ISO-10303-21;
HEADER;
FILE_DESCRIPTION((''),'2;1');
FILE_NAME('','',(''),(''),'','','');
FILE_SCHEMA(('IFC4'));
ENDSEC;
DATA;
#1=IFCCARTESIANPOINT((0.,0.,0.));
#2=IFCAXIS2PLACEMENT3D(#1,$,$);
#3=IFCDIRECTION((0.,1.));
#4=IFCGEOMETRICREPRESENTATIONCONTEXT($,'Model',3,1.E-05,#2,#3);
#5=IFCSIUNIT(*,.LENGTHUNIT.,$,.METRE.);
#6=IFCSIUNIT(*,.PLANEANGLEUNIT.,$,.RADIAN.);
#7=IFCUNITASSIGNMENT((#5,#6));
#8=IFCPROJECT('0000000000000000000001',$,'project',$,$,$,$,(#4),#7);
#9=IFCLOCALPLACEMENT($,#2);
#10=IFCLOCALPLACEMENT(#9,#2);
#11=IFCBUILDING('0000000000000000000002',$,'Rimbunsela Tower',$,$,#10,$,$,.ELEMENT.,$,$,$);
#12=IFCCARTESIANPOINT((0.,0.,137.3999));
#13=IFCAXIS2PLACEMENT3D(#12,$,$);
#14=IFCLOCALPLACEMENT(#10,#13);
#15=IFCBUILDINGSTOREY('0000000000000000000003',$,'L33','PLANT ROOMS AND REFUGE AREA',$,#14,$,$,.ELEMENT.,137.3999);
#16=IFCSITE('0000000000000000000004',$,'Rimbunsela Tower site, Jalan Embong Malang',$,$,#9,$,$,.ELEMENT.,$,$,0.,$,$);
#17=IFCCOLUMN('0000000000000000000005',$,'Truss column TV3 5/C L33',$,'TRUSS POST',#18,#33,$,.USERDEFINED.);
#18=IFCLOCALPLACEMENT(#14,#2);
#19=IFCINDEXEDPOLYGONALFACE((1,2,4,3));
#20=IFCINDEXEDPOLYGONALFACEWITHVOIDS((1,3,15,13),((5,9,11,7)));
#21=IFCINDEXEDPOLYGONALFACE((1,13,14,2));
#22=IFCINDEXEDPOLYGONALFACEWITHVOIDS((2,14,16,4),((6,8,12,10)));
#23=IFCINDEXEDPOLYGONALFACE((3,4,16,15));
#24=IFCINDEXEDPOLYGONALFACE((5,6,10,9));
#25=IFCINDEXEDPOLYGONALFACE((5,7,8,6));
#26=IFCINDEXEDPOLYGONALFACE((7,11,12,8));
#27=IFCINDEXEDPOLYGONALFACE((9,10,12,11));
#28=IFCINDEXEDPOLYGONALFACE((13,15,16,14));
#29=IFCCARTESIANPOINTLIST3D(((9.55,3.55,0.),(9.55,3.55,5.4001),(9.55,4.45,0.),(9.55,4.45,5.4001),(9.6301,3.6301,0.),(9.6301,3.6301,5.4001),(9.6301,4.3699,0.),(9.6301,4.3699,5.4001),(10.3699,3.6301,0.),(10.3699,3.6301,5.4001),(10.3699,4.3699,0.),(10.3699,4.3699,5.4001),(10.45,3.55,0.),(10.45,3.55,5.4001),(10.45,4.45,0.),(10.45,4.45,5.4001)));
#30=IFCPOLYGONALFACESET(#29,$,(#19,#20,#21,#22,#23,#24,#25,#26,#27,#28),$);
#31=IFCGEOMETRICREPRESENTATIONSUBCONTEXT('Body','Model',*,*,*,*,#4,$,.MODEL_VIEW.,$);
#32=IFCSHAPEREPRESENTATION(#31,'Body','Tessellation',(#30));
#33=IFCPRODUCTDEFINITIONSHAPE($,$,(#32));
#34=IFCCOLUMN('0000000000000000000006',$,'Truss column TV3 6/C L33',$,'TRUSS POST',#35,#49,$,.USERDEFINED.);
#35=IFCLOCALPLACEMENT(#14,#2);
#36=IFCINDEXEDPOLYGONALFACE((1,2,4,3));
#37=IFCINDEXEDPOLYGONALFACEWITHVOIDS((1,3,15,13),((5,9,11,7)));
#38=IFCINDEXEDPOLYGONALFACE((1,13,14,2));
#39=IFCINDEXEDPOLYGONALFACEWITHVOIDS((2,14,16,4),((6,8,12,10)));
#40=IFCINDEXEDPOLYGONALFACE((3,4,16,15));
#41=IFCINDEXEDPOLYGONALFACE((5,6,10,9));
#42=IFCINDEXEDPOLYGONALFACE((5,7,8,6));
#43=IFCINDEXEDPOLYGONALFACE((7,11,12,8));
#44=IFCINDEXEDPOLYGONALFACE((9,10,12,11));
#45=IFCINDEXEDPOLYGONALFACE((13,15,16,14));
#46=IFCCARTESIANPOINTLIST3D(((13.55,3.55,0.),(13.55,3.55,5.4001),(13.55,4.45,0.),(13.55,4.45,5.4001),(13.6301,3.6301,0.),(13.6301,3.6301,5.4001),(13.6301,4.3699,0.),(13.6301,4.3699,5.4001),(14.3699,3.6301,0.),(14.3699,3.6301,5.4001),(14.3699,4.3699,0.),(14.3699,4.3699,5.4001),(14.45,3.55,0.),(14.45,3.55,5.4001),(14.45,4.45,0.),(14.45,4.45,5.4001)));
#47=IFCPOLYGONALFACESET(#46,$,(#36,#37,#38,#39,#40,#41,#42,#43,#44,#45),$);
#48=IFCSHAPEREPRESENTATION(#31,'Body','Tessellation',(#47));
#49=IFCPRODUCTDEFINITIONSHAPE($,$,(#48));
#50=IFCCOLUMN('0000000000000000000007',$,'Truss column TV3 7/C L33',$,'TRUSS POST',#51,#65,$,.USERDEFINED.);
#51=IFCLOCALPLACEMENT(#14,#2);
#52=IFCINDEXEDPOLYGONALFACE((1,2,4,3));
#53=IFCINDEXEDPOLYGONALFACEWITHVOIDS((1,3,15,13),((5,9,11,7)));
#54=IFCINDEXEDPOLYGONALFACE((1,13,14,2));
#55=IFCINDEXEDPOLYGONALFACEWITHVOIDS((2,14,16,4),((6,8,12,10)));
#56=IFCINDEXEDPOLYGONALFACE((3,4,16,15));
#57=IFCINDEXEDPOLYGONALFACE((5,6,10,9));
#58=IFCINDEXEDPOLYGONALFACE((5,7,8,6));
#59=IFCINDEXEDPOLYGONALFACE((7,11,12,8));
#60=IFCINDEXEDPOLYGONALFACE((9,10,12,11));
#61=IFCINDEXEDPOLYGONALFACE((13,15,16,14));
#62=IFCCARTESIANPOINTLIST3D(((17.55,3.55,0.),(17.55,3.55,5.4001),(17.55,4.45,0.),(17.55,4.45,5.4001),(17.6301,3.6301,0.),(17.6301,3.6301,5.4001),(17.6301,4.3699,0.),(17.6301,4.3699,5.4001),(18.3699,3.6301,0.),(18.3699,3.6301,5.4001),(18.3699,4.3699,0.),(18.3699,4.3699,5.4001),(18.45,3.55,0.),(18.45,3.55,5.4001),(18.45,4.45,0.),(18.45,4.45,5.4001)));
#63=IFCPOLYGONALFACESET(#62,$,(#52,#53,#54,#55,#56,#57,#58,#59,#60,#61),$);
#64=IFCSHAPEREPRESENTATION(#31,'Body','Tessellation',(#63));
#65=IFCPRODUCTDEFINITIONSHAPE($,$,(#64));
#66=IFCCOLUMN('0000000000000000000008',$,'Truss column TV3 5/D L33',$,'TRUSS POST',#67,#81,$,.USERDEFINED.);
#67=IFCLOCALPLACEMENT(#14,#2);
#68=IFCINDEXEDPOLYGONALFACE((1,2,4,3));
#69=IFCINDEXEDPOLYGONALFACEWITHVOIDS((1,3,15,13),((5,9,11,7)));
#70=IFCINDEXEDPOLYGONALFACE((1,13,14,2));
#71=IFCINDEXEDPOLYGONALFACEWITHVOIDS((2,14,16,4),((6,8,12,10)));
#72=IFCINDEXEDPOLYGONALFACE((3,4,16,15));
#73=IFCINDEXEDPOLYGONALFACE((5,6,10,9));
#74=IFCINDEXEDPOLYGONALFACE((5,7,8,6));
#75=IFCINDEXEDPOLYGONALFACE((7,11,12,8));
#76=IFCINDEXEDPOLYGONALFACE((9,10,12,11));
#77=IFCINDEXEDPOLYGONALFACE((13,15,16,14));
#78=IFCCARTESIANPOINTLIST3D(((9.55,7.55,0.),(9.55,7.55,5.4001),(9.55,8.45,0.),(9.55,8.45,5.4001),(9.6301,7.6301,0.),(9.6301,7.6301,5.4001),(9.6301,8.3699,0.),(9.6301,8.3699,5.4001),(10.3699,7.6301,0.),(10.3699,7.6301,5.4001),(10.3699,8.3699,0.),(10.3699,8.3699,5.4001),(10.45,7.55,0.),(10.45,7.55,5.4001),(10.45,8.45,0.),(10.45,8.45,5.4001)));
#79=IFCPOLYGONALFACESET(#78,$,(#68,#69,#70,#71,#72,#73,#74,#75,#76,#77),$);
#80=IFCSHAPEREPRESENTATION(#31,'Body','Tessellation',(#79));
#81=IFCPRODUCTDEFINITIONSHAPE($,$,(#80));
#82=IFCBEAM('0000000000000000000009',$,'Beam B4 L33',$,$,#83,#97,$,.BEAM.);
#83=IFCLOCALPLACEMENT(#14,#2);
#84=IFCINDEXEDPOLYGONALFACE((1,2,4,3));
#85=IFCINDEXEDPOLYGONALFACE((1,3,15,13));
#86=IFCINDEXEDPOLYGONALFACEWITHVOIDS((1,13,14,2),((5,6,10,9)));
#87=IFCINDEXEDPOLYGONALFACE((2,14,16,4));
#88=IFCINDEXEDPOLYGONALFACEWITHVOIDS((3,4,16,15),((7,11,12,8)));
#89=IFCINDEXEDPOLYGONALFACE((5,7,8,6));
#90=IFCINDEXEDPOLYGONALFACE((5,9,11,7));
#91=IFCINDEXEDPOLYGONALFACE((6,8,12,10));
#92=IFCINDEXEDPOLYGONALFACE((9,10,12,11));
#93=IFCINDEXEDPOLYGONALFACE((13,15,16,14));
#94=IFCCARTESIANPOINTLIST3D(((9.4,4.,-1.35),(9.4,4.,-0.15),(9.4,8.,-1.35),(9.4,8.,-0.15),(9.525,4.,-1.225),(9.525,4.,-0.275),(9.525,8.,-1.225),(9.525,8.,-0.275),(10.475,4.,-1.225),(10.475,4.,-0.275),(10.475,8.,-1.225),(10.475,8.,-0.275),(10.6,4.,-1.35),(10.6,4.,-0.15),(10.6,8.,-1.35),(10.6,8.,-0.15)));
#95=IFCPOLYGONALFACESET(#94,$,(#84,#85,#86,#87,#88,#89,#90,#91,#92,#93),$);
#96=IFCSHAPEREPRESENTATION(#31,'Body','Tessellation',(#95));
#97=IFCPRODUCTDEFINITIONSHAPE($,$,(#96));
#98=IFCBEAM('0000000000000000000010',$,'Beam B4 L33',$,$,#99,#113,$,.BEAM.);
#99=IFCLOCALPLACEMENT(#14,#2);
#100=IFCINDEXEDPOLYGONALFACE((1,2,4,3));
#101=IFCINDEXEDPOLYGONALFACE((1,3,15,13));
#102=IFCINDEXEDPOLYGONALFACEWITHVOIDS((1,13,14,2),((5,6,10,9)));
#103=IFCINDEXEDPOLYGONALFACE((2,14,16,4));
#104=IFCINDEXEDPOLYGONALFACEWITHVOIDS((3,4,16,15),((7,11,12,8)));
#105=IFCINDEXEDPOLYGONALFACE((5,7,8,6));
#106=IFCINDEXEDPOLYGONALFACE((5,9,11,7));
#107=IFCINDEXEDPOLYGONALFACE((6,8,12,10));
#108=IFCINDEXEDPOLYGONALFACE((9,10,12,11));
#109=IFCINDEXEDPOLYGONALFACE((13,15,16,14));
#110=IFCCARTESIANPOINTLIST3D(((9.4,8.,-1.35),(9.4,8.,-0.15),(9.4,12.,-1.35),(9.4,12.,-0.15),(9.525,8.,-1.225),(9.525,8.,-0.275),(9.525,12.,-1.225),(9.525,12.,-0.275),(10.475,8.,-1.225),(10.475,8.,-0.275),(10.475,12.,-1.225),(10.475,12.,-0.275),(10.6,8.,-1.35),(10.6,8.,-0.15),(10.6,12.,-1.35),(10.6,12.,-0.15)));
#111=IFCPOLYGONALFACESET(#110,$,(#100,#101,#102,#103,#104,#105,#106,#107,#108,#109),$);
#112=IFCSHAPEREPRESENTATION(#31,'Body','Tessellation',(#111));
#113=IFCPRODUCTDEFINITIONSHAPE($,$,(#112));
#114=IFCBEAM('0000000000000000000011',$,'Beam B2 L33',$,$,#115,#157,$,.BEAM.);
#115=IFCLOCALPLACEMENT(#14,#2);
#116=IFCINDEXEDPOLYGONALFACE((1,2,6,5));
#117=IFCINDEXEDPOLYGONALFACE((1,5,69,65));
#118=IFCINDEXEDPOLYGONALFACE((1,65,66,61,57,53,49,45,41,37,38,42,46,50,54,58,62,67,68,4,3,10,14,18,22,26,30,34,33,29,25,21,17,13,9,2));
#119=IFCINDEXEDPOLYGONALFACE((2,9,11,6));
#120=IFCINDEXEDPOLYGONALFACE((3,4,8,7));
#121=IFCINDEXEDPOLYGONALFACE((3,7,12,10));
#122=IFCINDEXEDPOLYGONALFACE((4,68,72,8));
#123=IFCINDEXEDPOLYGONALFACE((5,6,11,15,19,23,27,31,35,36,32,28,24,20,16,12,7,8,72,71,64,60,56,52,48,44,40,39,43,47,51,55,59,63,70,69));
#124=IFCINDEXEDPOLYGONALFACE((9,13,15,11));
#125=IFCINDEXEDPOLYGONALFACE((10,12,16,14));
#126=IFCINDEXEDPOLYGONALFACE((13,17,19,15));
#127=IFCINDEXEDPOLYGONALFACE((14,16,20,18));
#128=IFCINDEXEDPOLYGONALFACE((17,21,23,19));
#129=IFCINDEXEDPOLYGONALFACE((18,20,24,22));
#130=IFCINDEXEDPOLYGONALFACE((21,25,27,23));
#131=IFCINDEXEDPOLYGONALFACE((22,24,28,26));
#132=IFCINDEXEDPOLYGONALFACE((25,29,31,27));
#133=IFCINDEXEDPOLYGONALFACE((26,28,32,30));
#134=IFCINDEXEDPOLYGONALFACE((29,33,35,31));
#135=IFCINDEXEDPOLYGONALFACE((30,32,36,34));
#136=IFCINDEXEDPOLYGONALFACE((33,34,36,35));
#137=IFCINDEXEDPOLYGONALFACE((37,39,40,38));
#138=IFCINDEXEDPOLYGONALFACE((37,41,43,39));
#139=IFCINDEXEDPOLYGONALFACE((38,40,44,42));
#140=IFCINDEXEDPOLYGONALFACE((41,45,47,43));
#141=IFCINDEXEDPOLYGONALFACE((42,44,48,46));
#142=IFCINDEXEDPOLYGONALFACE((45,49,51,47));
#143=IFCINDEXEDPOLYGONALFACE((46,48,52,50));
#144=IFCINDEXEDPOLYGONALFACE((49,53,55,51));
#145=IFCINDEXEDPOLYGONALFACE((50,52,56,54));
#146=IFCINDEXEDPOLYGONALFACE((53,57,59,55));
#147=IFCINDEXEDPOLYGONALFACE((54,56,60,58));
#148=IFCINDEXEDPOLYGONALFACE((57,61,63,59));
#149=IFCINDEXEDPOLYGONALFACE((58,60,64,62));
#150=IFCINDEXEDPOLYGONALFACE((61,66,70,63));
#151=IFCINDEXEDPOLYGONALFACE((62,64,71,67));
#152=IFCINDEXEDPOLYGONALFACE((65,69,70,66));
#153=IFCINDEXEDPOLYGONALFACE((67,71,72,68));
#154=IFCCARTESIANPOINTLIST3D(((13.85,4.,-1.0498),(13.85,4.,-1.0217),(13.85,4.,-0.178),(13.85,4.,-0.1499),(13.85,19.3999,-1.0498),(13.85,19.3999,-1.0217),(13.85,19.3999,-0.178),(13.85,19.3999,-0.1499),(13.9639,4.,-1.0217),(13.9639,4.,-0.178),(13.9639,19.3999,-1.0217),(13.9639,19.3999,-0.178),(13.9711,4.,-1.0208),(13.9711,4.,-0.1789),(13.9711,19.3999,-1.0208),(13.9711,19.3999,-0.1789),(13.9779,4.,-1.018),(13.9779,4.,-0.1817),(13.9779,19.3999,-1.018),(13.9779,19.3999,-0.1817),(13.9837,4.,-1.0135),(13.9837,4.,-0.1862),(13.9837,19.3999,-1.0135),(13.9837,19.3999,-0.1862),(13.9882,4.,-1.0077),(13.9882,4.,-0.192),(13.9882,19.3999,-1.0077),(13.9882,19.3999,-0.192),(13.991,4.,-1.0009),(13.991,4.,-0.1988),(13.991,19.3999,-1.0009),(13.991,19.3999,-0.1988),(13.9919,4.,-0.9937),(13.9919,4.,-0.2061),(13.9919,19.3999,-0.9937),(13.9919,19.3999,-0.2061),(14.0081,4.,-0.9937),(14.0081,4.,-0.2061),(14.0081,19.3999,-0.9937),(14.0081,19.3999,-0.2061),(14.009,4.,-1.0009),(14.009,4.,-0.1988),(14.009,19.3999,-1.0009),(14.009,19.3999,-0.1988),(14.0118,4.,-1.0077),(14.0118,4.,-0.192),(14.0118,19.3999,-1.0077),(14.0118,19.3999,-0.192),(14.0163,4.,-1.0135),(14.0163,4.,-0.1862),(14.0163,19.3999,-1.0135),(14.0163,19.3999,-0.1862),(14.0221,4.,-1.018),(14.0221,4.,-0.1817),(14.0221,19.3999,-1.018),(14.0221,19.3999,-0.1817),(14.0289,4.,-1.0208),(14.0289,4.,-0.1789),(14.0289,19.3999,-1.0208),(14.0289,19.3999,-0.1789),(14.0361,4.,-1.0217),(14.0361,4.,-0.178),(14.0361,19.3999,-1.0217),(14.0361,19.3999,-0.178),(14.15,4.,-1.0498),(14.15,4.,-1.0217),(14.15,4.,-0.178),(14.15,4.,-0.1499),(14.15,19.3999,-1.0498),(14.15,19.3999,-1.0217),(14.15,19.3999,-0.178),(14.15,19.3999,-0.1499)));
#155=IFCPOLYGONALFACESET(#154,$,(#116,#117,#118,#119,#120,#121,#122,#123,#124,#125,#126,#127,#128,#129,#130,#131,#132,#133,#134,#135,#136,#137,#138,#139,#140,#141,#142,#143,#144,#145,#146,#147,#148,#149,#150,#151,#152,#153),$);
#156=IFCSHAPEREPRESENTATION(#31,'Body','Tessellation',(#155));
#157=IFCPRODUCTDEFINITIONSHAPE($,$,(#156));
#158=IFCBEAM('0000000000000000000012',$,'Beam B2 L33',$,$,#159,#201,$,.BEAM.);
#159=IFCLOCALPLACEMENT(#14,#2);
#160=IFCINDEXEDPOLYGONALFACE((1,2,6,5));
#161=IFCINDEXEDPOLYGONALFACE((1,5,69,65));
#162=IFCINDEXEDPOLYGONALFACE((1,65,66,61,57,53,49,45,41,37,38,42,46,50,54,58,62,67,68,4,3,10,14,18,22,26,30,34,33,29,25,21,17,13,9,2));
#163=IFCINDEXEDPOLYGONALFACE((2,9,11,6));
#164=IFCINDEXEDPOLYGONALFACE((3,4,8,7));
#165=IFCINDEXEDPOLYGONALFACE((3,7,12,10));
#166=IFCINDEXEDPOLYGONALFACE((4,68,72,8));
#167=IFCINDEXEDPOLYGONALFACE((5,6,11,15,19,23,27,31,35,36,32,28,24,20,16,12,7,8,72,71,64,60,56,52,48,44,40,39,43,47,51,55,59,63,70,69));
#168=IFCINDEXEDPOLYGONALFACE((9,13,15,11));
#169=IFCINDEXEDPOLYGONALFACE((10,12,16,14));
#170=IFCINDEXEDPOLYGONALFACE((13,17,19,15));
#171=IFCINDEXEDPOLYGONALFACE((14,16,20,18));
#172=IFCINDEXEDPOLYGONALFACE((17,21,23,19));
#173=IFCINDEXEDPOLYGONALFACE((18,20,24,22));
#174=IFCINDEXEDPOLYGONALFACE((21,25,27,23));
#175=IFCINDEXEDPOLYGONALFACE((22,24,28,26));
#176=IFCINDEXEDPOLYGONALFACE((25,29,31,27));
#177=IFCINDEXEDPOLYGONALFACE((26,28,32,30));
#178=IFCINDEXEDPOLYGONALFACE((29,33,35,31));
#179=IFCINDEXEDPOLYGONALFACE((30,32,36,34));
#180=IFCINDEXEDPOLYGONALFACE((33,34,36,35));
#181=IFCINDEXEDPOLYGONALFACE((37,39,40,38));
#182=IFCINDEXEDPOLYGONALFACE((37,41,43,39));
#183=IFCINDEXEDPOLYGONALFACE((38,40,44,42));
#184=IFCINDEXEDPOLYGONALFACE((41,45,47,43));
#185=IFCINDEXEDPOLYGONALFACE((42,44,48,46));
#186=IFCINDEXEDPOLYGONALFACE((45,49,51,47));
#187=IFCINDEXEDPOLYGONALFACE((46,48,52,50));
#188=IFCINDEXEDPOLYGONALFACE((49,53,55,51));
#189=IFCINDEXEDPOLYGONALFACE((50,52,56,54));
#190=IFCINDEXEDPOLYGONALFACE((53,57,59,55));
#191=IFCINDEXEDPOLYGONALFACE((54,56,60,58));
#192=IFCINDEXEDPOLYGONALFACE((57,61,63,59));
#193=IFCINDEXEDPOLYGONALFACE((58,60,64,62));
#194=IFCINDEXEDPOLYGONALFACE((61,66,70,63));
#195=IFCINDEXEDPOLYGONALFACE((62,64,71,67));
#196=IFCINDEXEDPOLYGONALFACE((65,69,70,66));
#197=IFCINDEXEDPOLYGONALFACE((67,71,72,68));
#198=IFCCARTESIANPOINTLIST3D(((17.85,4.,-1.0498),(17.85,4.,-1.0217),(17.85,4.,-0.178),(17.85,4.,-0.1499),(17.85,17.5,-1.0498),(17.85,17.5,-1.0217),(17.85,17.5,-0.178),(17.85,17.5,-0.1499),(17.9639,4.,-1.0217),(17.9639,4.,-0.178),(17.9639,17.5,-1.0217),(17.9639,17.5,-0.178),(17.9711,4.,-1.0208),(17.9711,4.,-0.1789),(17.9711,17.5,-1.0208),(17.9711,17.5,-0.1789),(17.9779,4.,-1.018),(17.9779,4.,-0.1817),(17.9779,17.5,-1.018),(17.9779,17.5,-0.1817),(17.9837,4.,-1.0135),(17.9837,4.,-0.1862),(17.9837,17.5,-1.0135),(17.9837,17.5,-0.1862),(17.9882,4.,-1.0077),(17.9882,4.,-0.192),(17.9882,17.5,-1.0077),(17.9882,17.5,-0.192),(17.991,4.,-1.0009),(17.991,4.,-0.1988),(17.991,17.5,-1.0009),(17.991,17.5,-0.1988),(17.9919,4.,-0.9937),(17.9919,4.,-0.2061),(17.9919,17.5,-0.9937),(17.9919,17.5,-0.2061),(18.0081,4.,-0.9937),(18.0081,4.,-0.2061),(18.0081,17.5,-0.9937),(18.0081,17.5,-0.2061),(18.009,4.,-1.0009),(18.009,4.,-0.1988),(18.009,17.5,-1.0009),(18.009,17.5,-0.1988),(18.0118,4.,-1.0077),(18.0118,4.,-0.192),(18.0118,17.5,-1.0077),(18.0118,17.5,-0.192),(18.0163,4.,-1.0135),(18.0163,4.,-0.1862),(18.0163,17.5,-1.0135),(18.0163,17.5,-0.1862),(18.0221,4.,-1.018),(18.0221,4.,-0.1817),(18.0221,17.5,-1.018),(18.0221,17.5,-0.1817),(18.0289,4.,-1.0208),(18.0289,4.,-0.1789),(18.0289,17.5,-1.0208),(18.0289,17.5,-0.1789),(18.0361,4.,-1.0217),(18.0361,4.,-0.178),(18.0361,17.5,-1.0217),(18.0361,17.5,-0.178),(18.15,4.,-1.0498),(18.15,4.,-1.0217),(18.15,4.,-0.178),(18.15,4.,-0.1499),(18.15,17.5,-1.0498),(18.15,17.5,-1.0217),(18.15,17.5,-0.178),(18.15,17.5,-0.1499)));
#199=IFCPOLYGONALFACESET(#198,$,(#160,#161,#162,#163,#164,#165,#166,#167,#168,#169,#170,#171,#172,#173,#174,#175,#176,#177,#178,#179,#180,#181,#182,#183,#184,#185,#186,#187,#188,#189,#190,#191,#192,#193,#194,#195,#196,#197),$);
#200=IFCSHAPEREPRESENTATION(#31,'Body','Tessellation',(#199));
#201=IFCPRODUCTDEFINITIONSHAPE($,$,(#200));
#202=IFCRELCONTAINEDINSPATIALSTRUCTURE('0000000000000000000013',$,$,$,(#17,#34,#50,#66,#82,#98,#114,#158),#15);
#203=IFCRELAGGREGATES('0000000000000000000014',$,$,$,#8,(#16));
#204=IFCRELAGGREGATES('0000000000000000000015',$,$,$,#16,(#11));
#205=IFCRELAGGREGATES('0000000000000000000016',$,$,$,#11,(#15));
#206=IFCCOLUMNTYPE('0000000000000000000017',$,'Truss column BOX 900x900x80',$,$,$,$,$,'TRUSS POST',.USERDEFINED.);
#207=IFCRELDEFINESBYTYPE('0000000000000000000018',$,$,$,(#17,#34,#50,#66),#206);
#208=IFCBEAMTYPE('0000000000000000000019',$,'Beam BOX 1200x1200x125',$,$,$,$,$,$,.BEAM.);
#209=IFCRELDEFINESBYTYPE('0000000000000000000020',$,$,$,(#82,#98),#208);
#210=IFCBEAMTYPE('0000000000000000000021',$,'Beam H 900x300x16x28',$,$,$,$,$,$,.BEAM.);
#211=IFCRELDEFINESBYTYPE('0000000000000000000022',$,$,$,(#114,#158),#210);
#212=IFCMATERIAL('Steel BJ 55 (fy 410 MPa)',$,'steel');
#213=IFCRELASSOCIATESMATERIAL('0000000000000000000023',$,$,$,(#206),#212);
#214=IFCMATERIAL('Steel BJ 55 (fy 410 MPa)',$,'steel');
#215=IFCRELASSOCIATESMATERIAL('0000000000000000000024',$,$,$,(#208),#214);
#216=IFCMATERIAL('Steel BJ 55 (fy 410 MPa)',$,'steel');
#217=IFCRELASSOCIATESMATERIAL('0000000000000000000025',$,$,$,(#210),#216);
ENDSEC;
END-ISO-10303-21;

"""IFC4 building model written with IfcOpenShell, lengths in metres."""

from ifc_helpers import new_model, si_unit, direction, frame, origin, origin_2d, place, context, subcontext, project, spatial, hollow_rectangle, i_section, extrude, material, material_profile, profile_set, type_object, element, save


model = new_model("IFC4")

# Units and contexts
model_context = context("Model", 3, precision=1e-05, world=origin(), true_north=direction((0.0, 1.0)))
body_context = subcontext(model_context, "Body", "Model", "MODEL_VIEW")
ifc_project = project(units=[si_unit("LENGTHUNIT", "METRE"), si_unit("PLANEANGLEUNIT", "RADIAN")], contexts=[model_context])

# Site, building, storey
site_placement = place(None, origin())
site = spatial("IfcSite", under=ifc_project, at=site_placement, Name="Rimbunsela Tower site, Jalan Embong Malang", CompositionType="ELEMENT", RefElevation=0.0)
building_placement = place(site_placement, origin())
building = spatial("IfcBuilding", under=site, at=building_placement, Name="Rimbunsela Tower", CompositionType="ELEMENT")
storey_placement = place(building_placement, frame((0.0, 0.0, 137.3999)))
storey = spatial("IfcBuildingStorey", under=building, at=storey_placement, Name="L33", Description="PLANT ROOMS AND REFUGE AREA", CompositionType="ELEMENT", Elevation=137.3999)

# Columns
ifc_material_1 = material(Name="Steel BJ 55 (fy 410 MPa)", Category="steel")
ifc_material_profile_1 = material_profile(ifc_material_1, hollow_rectangle(XDim=0.8999, YDim=0.8999, WallThickness=0.0801, at=origin_2d()), Name="BOX 900x900x80")
ifc_profile_set_1 = profile_set([ifc_material_profile_1], Name="Steel BJ 55 (fy 410 MPa)")
column_type = type_object("IfcColumnType", Name="Truss column BOX 900x900x80", ElementType="TRUSS POST", PredefinedType="USERDEFINED", material=ifc_profile_set_1)
for number, where, z_axis, x_axis, name in (
    (1, (10.0, 4.0, 0.0), (0.0, 0.0, 1.0), (1.0, 0.0, 0.0), "Truss column TV3 5/C L33"),
    (2, (14.0, 4.0, 0.0), (0.0, 0.0, 1.0), (1.0, 0.0, 0.0), "Truss column TV3 6/C L33"),
    (3, (18.0, 4.0, 0.0), (0.0, 0.0, 1.0), (1.0, 0.0, 0.0), "Truss column TV3 7/C L33"),
    (4, (10.0, 8.0, 0.0), (0.0, 0.0, 1.0), (1.0, 0.0, 0.0), "Truss column TV3 5/D L33"),
):
    element("IfcColumn", number, at=place(storey_placement, frame(where, z_axis=z_axis, x_axis=x_axis)), inside=storey, type_object=column_type, Name=name, ObjectType="TRUSS POST", PredefinedType="USERDEFINED", context=body_context, shape_type="SweptSolid", body=[
        extrude(hollow_rectangle(XDim=0.8999, YDim=0.8999, WallThickness=0.0801, at=origin_2d()), origin(), (0.0, 0.0, 1.0), 5.4001),
    ])

# Beams
ifc_material_2 = material(Name="Steel BJ 55 (fy 410 MPa)", Category="steel")
ifc_material_profile_2 = material_profile(ifc_material_2, hollow_rectangle(XDim=1.2, YDim=1.2, WallThickness=0.125, at=origin_2d()), Name="BOX 1200x1200x125")
ifc_profile_set_2 = profile_set([ifc_material_profile_2], Name="Steel BJ 55 (fy 410 MPa)")
beam_type_1 = type_object("IfcBeamType", Name="Beam BOX 1200x1200x125", PredefinedType="BEAM", material=ifc_profile_set_2)
for number, where, z_axis, x_axis, name in (
    (5, (10.0, 4.0, -0.75), (0.0, 1.0, 0.0), (-1.0, 0.0, 0.0), "Beam B4 L33"),
    (6, (10.0, 8.0, -0.75), (0.0, 1.0, 0.0), (-1.0, 0.0, 0.0), "Beam B4 L33"),
):
    element("IfcBeam", number, at=place(storey_placement, frame(where, z_axis=z_axis, x_axis=x_axis)), inside=storey, type_object=beam_type_1, Name=name, PredefinedType="BEAM", context=body_context, shape_type="SweptSolid", body=[
        extrude(hollow_rectangle(XDim=1.2, YDim=1.2, WallThickness=0.125, at=origin_2d()), origin(), (0.0, 0.0, 1.0), 4.0),
    ])
ifc_material_3 = material(Name="Steel BJ 55 (fy 410 MPa)", Category="steel")
ifc_material_profile_3 = material_profile(ifc_material_3, i_section(OverallWidth=0.3, OverallDepth=0.8999, WebThickness=0.0161, FlangeThickness=0.0281, FilletRadius=0.0281, at=origin_2d()), Name="H 900x300x16x28")
ifc_profile_set_3 = profile_set([ifc_material_profile_3], Name="Steel BJ 55 (fy 410 MPa)")
beam_type_2 = type_object("IfcBeamType", Name="Beam H 900x300x16x28", PredefinedType="BEAM", material=ifc_profile_set_3)
beam_1_placement = place(storey_placement, frame((14.0, 4.0, -0.5999), z_axis=(0.0, 1.0, 0.0), x_axis=(-1.0, 0.0, 0.0)))
element("IfcBeam", 7, at=beam_1_placement, inside=storey, type_object=beam_type_2, Name="Beam B2 L33", PredefinedType="BEAM", context=body_context, shape_type="SweptSolid", body=[
    extrude(i_section(OverallWidth=0.3, OverallDepth=0.8999, WebThickness=0.0161, FlangeThickness=0.0281, FilletRadius=0.0281, at=origin_2d()), origin(), (0.0, 0.0, 1.0), 15.3999),
])
beam_2_placement = place(storey_placement, frame((18.0, 4.0, -0.5999), z_axis=(0.0, 1.0, 0.0), x_axis=(-1.0, 0.0, 0.0)))
element("IfcBeam", 8, at=beam_2_placement, inside=storey, type_object=beam_type_2, Name="Beam B2 L33", PredefinedType="BEAM", context=body_context, shape_type="SweptSolid", body=[
    extrude(i_section(OverallWidth=0.3, OverallDepth=0.8999, WebThickness=0.0161, FlangeThickness=0.0281, FilletRadius=0.0281, at=origin_2d()), origin(), (0.0, 0.0, 1.0), 13.5),
])

save(model, "model.ifc")
